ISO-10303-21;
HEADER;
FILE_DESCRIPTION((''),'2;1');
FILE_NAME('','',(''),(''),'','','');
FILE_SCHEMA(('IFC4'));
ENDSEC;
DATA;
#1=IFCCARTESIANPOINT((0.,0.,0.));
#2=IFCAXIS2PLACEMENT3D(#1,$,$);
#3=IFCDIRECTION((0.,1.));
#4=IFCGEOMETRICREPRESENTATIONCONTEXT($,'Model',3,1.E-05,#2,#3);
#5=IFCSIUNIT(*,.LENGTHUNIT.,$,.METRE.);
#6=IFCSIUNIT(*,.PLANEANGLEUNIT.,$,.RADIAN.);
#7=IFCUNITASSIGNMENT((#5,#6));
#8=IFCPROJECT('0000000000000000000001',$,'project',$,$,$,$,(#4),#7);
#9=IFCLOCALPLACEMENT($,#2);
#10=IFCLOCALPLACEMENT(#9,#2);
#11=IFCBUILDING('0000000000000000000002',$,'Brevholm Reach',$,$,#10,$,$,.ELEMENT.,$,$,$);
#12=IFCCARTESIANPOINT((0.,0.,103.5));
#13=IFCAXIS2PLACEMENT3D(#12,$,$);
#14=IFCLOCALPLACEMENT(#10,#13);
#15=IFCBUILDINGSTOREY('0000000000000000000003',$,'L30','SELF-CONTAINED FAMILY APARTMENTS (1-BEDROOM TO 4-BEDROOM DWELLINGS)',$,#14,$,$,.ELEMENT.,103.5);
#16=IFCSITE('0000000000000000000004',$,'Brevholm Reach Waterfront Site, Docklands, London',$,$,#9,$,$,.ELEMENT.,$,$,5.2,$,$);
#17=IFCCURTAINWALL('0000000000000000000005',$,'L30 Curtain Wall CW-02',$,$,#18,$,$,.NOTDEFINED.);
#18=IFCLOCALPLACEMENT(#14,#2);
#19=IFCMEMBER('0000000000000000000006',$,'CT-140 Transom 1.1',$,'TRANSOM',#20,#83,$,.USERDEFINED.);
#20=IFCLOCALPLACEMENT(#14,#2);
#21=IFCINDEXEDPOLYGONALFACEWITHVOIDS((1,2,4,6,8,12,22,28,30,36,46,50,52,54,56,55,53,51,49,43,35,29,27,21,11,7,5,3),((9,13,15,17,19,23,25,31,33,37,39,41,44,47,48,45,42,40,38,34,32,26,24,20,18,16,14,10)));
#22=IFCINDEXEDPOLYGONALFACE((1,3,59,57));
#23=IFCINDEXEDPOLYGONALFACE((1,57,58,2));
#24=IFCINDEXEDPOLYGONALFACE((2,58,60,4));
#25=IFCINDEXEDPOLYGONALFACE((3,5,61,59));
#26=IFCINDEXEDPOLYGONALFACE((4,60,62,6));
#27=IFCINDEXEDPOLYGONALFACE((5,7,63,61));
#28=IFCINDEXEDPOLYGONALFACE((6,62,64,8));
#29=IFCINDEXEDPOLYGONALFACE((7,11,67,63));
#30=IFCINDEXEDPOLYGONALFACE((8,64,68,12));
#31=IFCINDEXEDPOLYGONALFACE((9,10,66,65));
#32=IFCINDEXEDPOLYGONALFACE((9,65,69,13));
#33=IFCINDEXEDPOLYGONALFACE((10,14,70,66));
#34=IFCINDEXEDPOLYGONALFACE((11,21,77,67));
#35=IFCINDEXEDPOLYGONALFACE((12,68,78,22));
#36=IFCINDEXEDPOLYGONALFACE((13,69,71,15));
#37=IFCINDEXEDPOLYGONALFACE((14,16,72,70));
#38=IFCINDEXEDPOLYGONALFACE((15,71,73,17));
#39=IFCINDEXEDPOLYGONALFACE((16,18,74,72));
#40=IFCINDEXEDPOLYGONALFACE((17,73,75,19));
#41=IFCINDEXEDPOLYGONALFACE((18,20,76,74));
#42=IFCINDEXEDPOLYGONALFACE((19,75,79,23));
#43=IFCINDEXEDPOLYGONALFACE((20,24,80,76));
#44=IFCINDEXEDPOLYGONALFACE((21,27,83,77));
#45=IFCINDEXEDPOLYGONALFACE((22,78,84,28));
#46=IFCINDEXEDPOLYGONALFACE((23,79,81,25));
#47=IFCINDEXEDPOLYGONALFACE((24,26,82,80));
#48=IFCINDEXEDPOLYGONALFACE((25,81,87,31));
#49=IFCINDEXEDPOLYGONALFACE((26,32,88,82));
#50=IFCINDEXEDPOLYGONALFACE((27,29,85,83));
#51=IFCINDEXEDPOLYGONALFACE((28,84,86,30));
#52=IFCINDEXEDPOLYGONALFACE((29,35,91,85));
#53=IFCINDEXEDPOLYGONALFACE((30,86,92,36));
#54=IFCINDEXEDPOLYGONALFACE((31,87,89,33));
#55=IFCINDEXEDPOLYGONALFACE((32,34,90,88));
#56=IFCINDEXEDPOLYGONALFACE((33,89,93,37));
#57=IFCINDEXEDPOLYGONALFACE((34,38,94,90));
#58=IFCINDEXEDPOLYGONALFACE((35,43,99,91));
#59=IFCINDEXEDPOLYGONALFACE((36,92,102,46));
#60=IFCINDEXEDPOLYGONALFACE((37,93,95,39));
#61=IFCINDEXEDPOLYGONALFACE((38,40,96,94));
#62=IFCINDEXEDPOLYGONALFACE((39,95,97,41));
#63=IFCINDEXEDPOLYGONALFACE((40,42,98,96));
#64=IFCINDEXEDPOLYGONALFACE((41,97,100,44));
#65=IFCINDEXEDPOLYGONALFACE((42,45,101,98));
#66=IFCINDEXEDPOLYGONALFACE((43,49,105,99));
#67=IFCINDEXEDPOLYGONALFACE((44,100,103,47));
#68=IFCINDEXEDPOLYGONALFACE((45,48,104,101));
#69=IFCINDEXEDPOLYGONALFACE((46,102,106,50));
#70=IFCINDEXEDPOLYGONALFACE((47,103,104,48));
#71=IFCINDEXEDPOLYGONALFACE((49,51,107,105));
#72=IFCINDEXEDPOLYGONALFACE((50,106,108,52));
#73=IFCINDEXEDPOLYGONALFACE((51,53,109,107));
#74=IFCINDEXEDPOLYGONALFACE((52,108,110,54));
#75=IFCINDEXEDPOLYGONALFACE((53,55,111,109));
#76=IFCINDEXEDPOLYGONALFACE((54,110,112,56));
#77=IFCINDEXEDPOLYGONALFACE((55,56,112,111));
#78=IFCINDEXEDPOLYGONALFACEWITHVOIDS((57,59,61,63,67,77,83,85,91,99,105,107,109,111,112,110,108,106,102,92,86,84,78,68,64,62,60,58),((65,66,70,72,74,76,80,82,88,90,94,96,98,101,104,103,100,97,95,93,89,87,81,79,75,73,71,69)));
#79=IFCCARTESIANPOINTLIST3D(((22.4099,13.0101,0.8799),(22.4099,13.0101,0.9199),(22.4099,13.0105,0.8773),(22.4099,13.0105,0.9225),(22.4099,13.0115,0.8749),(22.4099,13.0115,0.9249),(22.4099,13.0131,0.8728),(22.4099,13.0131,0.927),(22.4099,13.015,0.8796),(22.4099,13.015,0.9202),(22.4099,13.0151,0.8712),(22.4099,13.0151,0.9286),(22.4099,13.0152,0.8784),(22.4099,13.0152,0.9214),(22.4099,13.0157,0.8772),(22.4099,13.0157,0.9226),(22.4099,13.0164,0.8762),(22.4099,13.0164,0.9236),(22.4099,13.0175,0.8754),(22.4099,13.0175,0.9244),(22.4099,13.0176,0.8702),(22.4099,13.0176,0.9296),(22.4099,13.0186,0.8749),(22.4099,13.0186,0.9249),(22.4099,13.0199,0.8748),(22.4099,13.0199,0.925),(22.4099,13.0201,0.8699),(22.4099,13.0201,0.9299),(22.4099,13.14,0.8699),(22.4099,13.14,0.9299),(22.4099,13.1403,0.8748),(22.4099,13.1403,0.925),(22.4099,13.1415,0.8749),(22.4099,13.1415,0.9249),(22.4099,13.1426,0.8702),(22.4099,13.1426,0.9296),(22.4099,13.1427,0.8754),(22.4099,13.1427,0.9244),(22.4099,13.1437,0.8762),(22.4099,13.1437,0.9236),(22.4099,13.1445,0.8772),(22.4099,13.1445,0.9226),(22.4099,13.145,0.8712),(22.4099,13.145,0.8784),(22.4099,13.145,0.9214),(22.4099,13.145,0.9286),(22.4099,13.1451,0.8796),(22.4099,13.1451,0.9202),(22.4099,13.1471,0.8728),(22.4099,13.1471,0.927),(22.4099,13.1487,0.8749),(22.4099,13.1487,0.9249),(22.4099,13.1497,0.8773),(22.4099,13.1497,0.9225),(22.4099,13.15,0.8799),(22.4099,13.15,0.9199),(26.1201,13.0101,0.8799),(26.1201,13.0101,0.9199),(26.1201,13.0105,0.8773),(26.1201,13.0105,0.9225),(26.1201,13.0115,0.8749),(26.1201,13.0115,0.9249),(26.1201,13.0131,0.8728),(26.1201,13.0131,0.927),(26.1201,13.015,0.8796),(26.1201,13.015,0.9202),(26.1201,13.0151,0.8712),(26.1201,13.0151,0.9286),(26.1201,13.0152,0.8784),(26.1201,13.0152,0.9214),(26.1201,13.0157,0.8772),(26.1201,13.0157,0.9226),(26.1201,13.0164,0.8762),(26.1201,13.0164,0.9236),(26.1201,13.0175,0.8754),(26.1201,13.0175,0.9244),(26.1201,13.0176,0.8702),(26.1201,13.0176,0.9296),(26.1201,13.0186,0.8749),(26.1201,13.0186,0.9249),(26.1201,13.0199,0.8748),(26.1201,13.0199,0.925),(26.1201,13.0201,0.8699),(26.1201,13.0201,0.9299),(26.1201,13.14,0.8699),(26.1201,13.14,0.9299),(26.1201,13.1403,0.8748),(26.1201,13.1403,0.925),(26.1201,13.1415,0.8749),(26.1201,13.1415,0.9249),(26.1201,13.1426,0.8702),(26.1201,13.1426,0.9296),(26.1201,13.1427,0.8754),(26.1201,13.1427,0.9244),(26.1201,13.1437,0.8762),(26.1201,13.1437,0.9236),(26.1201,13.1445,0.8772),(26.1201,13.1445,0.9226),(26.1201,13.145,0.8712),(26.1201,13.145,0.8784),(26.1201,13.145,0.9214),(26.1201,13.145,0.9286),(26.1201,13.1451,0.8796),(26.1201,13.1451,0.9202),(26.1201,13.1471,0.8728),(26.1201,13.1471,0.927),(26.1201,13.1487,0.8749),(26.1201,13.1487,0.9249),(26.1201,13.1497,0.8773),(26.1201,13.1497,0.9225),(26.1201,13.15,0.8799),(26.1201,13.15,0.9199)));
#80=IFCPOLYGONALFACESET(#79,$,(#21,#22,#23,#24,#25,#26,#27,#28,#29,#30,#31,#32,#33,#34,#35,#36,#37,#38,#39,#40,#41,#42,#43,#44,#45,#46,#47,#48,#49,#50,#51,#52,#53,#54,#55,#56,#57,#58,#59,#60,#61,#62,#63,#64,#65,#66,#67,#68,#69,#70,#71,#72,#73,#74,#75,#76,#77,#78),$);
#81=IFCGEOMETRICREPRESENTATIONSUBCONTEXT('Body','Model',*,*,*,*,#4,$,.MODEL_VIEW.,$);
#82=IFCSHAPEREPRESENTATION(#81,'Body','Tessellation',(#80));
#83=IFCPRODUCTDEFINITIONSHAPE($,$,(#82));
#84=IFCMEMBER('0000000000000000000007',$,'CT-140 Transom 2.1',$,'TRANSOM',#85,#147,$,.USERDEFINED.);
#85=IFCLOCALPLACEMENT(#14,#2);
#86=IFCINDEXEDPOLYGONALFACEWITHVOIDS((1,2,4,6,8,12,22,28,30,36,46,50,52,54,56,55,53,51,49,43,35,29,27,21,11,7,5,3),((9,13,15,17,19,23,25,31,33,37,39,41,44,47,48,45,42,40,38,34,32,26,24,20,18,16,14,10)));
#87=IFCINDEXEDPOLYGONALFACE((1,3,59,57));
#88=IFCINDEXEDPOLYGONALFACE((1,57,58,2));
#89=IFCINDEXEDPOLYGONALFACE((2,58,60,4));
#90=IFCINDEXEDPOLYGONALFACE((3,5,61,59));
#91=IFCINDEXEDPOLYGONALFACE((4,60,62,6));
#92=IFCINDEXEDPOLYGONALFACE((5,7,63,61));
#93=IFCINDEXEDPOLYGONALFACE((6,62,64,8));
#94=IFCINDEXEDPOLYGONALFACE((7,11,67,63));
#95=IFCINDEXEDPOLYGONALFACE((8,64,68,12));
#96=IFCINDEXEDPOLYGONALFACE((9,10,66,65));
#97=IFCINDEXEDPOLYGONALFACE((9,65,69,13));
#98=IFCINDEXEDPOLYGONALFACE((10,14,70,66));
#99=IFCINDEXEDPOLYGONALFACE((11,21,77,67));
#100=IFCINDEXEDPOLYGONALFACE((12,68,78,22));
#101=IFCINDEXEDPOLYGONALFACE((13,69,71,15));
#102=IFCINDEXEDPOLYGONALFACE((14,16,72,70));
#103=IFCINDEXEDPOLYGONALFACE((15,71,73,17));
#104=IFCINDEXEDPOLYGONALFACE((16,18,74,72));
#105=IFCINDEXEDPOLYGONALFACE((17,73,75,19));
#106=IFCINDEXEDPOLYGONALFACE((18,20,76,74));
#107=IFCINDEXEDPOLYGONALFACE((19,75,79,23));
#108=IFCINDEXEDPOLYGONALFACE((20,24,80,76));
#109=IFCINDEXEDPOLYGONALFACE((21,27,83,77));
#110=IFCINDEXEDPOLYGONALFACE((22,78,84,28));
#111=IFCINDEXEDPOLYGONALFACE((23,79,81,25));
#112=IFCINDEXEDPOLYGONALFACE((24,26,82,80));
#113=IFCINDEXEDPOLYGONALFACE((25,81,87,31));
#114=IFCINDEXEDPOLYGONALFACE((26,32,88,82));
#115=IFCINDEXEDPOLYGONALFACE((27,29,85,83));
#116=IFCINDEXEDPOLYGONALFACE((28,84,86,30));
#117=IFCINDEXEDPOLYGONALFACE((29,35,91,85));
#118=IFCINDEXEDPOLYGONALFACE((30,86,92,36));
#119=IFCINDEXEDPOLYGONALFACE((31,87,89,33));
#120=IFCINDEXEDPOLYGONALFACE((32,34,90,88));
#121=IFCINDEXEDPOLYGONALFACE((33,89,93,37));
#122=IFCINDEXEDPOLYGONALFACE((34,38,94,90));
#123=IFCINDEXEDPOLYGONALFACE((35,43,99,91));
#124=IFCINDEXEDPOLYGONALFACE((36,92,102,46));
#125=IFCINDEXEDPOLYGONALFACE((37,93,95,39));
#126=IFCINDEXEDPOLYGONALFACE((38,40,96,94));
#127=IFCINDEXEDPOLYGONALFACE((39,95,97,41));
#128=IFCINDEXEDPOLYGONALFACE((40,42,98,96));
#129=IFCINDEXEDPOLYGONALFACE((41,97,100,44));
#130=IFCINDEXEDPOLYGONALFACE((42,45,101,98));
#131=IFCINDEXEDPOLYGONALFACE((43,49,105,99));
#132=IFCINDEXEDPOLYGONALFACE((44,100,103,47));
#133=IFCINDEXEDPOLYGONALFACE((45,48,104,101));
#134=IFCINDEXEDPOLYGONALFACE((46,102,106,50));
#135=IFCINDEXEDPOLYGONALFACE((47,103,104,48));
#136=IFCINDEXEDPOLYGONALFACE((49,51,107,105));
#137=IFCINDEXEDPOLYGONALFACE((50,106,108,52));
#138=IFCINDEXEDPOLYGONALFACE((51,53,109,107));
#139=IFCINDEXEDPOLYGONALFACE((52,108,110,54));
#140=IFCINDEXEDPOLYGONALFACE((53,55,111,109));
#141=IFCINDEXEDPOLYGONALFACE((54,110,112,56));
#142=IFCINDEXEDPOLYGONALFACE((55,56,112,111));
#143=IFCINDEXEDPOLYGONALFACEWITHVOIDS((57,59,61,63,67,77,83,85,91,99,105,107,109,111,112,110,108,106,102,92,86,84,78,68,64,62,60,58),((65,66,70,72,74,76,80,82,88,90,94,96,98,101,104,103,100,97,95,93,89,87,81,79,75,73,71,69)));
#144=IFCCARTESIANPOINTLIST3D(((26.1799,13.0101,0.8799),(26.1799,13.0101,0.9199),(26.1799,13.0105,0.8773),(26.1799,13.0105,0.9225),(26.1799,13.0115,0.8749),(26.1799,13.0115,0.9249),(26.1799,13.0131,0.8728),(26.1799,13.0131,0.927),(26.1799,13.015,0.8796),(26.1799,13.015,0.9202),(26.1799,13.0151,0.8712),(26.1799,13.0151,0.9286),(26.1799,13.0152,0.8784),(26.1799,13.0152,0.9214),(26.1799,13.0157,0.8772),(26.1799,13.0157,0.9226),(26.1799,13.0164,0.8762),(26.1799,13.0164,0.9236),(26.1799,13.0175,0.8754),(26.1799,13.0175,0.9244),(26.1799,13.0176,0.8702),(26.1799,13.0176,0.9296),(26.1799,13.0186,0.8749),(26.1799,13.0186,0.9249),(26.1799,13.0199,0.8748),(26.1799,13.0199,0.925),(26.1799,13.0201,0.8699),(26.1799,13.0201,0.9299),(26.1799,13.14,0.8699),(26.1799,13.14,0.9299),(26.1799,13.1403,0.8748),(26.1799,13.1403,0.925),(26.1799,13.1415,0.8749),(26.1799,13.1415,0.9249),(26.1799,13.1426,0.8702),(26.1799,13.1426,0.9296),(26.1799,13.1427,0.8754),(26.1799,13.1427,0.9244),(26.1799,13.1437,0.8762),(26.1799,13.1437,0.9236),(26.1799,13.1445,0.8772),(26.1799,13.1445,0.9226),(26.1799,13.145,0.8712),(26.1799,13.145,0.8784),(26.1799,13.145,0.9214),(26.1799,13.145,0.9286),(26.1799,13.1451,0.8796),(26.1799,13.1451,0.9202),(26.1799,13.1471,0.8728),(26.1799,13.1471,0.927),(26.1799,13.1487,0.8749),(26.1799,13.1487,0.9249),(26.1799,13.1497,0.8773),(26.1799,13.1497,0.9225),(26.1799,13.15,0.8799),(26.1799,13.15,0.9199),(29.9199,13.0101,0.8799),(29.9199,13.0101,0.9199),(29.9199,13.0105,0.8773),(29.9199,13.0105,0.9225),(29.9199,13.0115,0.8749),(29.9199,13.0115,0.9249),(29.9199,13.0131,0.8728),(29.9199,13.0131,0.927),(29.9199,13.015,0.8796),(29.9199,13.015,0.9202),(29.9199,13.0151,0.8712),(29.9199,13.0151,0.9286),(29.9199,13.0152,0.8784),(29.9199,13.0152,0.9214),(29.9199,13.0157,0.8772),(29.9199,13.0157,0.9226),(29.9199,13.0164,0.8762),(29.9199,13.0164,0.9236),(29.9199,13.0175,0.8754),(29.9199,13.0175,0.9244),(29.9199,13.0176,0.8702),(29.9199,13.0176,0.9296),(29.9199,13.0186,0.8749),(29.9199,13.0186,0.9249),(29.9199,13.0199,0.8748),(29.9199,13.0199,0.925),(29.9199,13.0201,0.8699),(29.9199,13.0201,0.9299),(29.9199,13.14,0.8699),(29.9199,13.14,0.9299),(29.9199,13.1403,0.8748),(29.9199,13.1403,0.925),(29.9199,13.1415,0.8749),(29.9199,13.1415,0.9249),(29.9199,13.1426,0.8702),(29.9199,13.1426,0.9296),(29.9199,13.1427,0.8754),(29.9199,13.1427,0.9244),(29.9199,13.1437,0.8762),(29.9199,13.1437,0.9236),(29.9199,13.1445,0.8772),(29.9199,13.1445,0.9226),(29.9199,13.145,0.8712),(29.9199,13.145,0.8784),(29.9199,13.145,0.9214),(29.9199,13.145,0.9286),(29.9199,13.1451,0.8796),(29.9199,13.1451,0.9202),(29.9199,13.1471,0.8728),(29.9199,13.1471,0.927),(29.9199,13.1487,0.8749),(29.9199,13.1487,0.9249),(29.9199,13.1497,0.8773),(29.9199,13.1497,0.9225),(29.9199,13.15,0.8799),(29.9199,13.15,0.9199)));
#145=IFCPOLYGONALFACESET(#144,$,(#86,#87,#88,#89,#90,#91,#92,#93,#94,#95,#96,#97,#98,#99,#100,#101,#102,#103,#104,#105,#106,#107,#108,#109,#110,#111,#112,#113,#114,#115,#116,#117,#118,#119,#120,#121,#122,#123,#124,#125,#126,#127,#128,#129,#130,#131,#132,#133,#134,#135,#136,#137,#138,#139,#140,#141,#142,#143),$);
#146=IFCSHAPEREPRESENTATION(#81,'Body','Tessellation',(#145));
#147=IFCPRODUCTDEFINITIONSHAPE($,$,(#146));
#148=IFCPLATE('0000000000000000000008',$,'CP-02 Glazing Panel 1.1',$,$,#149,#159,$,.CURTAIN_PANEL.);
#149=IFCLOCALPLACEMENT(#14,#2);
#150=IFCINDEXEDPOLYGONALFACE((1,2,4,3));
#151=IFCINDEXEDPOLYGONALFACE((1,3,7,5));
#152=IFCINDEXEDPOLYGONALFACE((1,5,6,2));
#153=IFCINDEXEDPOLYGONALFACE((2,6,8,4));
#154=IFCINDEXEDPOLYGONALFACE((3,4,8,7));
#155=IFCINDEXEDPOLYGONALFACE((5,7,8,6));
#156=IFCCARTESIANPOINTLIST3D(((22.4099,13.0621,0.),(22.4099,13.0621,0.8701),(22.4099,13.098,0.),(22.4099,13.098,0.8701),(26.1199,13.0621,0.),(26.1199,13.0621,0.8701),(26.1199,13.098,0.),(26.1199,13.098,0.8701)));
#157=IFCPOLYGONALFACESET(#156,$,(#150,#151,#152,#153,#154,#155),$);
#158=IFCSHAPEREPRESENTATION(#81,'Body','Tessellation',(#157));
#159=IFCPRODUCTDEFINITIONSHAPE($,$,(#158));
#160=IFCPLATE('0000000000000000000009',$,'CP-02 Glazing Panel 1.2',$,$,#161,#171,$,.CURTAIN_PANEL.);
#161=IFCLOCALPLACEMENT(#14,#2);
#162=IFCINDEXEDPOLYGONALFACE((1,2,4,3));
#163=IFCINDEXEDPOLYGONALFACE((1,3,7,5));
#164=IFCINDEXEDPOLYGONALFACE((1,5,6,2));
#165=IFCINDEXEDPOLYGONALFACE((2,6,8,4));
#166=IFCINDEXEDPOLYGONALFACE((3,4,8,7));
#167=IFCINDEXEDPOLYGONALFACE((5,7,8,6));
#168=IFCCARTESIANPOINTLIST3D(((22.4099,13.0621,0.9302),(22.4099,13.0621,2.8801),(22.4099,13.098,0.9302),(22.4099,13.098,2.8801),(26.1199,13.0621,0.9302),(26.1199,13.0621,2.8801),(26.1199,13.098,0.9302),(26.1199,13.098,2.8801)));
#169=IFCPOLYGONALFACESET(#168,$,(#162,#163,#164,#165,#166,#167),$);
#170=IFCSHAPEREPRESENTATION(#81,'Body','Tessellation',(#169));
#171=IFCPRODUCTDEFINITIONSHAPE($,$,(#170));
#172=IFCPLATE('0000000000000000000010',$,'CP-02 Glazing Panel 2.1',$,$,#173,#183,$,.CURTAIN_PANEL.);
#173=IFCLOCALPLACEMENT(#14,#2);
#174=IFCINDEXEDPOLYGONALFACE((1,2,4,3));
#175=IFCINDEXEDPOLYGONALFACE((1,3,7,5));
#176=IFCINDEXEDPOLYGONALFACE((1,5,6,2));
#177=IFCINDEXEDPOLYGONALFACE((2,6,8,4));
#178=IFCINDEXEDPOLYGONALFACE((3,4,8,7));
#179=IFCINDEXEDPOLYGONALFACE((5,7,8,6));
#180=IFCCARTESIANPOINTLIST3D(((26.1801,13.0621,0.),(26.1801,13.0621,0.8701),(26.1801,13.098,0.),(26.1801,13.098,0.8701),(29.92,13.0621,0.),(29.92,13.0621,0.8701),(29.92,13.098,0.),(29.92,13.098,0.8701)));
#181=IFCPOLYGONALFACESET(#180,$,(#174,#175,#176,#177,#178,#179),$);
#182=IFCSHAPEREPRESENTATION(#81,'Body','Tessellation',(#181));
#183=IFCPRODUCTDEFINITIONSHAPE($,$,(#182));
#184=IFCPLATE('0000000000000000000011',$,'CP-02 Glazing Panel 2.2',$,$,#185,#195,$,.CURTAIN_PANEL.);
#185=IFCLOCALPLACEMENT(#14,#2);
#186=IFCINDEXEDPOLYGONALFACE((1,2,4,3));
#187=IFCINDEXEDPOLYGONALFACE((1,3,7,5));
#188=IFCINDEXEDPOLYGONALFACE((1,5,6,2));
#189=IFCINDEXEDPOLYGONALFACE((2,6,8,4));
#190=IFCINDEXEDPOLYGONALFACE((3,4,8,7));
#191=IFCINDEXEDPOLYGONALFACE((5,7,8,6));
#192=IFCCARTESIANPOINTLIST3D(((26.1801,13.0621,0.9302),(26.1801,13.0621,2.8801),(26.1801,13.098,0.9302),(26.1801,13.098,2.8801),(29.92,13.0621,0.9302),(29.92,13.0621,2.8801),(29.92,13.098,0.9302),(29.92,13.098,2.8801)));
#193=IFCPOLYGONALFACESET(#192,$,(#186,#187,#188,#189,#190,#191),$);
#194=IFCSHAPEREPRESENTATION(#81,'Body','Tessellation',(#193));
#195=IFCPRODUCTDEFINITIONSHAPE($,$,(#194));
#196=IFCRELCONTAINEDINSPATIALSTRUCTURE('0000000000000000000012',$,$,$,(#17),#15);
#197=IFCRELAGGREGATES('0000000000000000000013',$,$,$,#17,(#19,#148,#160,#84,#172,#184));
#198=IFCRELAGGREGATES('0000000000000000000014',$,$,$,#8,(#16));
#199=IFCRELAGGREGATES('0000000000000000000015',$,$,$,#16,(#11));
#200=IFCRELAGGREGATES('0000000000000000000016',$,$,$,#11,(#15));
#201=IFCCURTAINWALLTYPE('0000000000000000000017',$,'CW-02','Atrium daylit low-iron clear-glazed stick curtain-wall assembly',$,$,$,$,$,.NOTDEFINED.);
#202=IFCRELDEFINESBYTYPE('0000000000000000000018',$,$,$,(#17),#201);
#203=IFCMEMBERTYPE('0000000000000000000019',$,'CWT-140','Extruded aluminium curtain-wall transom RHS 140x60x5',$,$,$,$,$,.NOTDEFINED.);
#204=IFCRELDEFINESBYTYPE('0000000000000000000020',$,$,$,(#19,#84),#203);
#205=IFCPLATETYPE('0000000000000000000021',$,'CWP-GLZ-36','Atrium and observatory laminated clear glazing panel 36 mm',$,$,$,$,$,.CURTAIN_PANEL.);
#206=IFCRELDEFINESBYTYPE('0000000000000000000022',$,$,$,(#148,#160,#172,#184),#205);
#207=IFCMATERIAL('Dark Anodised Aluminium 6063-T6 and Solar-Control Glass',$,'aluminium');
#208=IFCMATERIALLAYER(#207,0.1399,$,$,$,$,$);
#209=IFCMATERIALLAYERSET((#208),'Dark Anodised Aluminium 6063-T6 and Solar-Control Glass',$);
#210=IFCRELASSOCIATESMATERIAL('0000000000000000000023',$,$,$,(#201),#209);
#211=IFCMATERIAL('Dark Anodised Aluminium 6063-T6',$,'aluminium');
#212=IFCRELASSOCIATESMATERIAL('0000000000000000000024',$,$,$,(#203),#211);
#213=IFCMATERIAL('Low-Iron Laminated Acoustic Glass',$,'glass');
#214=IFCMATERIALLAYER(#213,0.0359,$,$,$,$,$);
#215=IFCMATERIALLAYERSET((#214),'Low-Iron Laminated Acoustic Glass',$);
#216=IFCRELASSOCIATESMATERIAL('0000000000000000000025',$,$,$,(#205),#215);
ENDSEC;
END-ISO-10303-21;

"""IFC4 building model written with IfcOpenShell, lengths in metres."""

from ifc_helpers import new_model, si_unit, direction, frame, origin, origin_2d, place, context, subcontext, project, spatial, rectangle, hollow_rectangle, extrude, material, layer, layer_set, material_profile, profile_set, type_object, element, aggregate, save


model = new_model("IFC4")

# Units and contexts
model_context = context("Model", 3, precision=1e-05, world=origin(), true_north=direction((0.0, 1.0)))
body_context = subcontext(model_context, "Body", "Model", "MODEL_VIEW")
ifc_project = project(units=[si_unit("LENGTHUNIT", "METRE"), si_unit("PLANEANGLEUNIT", "RADIAN")], contexts=[model_context])

# Site, building, storey
site_placement = place(None, origin())
site = spatial("IfcSite", under=ifc_project, at=site_placement, Name="Brevholm Reach Waterfront Site, Docklands, London", CompositionType="ELEMENT", RefElevation=5.2)
building_placement = place(site_placement, origin())
building = spatial("IfcBuilding", under=site, at=building_placement, Name="Brevholm Reach", CompositionType="ELEMENT")
storey_placement = place(building_placement, frame((0.0, 0.0, 103.5)))
storey = spatial("IfcBuildingStorey", under=building, at=storey_placement, Name="L30", Description="SELF-CONTAINED FAMILY APARTMENTS (1-BEDROOM TO 4-BEDROOM DWELLINGS)", CompositionType="ELEMENT", Elevation=103.5)

# Curtain wall, members, plates
ifc_material_1 = material(Name="Dark Anodised Aluminium 6063-T6 and Solar-Control Glass", Category="aluminium")
ifc_layer_1 = layer(ifc_material_1, 0.1399)
ifc_layer_set_1 = layer_set([ifc_layer_1], Name="Dark Anodised Aluminium 6063-T6 and Solar-Control Glass")
curtain_wall_type = type_object("IfcCurtainWallType", Name="CW-02", Description="Atrium daylit low-iron clear-glazed stick curtain-wall assembly", PredefinedType="NOTDEFINED", material=ifc_layer_set_1)
curtain_wall_placement = place(storey_placement, origin())
curtain_wall = element("IfcCurtainWall", 1, at=curtain_wall_placement, inside=storey, type_object=curtain_wall_type, Name="L30 Curtain Wall CW-02", PredefinedType="NOTDEFINED")
ifc_material_2 = material(Name="Dark Anodised Aluminium 6063-T6", Category="aluminium")
ifc_material_profile_1 = material_profile(ifc_material_2, hollow_rectangle(XDim=0.0601, YDim=0.1399, WallThickness=0.0049, InnerFilletRadius=0.0049, OuterFilletRadius=0.01, at=origin_2d()), Name="RHS 140x60x5")
ifc_profile_set_1 = profile_set([ifc_material_profile_1], Name="Dark Anodised Aluminium 6063-T6")
member_type_1 = type_object("IfcMemberType", Name="CWT-140", Description="Extruded aluminium curtain-wall transom RHS 140x60x5", PredefinedType="NOTDEFINED", material=ifc_profile_set_1)
member_1_placement = place(storey_placement, frame((22.4099, 13.0801, 0.8999), z_axis=(1.0, 0.0, 0.0), x_axis=(0.0, 0.0, 1.0)))
member_1 = element("IfcMember", 2, at=member_1_placement, type_object=member_type_1, Name="CT-140 Transom 1.1", ObjectType="TRANSOM", PredefinedType="USERDEFINED", context=body_context, shape_type="SweptSolid", body=[
    extrude(hollow_rectangle(XDim=0.0601, YDim=0.1399, WallThickness=0.0049, InnerFilletRadius=0.0049, OuterFilletRadius=0.01, at=origin_2d()), origin(), (0.0, 0.0, 1.0), 3.7102),
])
member_2_placement = place(storey_placement, frame((26.1799, 13.0801, 0.8999), z_axis=(1.0, 0.0, 0.0), x_axis=(0.0, 0.0, 1.0)))
member_2 = element("IfcMember", 3, at=member_2_placement, type_object=member_type_1, Name="CT-140 Transom 2.1", ObjectType="TRANSOM", PredefinedType="USERDEFINED", context=body_context, shape_type="SweptSolid", body=[
    extrude(hollow_rectangle(XDim=0.0601, YDim=0.1399, WallThickness=0.0049, InnerFilletRadius=0.0049, OuterFilletRadius=0.01, at=origin_2d()), origin(), (0.0, 0.0, 1.0), 3.74),
])
ifc_material_3 = material(Name="Low-Iron Laminated Acoustic Glass", Category="glass")
ifc_layer_2 = layer(ifc_material_3, 0.0359)
ifc_layer_set_2 = layer_set([ifc_layer_2], Name="Low-Iron Laminated Acoustic Glass")
plate_type = type_object("IfcPlateType", Name="CWP-GLZ-36", Description="Atrium and observatory laminated clear glazing panel 36 mm", PredefinedType="CURTAIN_PANEL", material=ifc_layer_set_2)
plate_1_placement = place(storey_placement, frame((24.2649, 13.0801, 0.0), z_axis=(0.0, 0.0, 1.0), x_axis=(1.0, 0.0, 0.0)))
plate_1 = element("IfcPlate", 4, at=plate_1_placement, type_object=plate_type, Name="CP-02 Glazing Panel 1.1", PredefinedType="CURTAIN_PANEL", context=body_context, shape_type="SweptSolid", body=[
    extrude(rectangle(XDim=3.71, YDim=0.0359, at=origin_2d()), origin(), (0.0, 0.0, 1.0), 0.8701),
])
plate_2_placement = place(storey_placement, frame((24.2649, 13.0801, 0.9302), z_axis=(0.0, 0.0, 1.0), x_axis=(1.0, 0.0, 0.0)))
plate_2 = element("IfcPlate", 5, at=plate_2_placement, type_object=plate_type, Name="CP-02 Glazing Panel 1.2", PredefinedType="CURTAIN_PANEL", context=body_context, shape_type="SweptSolid", body=[
    extrude(rectangle(XDim=3.71, YDim=0.0359, at=origin_2d()), origin(), (0.0, 0.0, 1.0), 1.95),
])
plate_3_placement = place(storey_placement, frame((28.05, 13.0801, 0.0), z_axis=(0.0, 0.0, 1.0), x_axis=(1.0, 0.0, 0.0)))
plate_3 = element("IfcPlate", 6, at=plate_3_placement, type_object=plate_type, Name="CP-02 Glazing Panel 2.1", PredefinedType="CURTAIN_PANEL", context=body_context, shape_type="SweptSolid", body=[
    extrude(rectangle(XDim=3.74, YDim=0.0359, at=origin_2d()), origin(), (0.0, 0.0, 1.0), 0.8701),
])
plate_4_placement = place(storey_placement, frame((28.05, 13.0801, 0.9302), z_axis=(0.0, 0.0, 1.0), x_axis=(1.0, 0.0, 0.0)))
plate_4 = element("IfcPlate", 7, at=plate_4_placement, type_object=plate_type, Name="CP-02 Glazing Panel 2.2", PredefinedType="CURTAIN_PANEL", context=body_context, shape_type="SweptSolid", body=[
    extrude(rectangle(XDim=3.74, YDim=0.0359, at=origin_2d()), origin(), (0.0, 0.0, 1.0), 1.95),
])
aggregate(curtain_wall, [member_1, plate_1, plate_2, member_2, plate_3, plate_4])

save(model, "model.ifc")
